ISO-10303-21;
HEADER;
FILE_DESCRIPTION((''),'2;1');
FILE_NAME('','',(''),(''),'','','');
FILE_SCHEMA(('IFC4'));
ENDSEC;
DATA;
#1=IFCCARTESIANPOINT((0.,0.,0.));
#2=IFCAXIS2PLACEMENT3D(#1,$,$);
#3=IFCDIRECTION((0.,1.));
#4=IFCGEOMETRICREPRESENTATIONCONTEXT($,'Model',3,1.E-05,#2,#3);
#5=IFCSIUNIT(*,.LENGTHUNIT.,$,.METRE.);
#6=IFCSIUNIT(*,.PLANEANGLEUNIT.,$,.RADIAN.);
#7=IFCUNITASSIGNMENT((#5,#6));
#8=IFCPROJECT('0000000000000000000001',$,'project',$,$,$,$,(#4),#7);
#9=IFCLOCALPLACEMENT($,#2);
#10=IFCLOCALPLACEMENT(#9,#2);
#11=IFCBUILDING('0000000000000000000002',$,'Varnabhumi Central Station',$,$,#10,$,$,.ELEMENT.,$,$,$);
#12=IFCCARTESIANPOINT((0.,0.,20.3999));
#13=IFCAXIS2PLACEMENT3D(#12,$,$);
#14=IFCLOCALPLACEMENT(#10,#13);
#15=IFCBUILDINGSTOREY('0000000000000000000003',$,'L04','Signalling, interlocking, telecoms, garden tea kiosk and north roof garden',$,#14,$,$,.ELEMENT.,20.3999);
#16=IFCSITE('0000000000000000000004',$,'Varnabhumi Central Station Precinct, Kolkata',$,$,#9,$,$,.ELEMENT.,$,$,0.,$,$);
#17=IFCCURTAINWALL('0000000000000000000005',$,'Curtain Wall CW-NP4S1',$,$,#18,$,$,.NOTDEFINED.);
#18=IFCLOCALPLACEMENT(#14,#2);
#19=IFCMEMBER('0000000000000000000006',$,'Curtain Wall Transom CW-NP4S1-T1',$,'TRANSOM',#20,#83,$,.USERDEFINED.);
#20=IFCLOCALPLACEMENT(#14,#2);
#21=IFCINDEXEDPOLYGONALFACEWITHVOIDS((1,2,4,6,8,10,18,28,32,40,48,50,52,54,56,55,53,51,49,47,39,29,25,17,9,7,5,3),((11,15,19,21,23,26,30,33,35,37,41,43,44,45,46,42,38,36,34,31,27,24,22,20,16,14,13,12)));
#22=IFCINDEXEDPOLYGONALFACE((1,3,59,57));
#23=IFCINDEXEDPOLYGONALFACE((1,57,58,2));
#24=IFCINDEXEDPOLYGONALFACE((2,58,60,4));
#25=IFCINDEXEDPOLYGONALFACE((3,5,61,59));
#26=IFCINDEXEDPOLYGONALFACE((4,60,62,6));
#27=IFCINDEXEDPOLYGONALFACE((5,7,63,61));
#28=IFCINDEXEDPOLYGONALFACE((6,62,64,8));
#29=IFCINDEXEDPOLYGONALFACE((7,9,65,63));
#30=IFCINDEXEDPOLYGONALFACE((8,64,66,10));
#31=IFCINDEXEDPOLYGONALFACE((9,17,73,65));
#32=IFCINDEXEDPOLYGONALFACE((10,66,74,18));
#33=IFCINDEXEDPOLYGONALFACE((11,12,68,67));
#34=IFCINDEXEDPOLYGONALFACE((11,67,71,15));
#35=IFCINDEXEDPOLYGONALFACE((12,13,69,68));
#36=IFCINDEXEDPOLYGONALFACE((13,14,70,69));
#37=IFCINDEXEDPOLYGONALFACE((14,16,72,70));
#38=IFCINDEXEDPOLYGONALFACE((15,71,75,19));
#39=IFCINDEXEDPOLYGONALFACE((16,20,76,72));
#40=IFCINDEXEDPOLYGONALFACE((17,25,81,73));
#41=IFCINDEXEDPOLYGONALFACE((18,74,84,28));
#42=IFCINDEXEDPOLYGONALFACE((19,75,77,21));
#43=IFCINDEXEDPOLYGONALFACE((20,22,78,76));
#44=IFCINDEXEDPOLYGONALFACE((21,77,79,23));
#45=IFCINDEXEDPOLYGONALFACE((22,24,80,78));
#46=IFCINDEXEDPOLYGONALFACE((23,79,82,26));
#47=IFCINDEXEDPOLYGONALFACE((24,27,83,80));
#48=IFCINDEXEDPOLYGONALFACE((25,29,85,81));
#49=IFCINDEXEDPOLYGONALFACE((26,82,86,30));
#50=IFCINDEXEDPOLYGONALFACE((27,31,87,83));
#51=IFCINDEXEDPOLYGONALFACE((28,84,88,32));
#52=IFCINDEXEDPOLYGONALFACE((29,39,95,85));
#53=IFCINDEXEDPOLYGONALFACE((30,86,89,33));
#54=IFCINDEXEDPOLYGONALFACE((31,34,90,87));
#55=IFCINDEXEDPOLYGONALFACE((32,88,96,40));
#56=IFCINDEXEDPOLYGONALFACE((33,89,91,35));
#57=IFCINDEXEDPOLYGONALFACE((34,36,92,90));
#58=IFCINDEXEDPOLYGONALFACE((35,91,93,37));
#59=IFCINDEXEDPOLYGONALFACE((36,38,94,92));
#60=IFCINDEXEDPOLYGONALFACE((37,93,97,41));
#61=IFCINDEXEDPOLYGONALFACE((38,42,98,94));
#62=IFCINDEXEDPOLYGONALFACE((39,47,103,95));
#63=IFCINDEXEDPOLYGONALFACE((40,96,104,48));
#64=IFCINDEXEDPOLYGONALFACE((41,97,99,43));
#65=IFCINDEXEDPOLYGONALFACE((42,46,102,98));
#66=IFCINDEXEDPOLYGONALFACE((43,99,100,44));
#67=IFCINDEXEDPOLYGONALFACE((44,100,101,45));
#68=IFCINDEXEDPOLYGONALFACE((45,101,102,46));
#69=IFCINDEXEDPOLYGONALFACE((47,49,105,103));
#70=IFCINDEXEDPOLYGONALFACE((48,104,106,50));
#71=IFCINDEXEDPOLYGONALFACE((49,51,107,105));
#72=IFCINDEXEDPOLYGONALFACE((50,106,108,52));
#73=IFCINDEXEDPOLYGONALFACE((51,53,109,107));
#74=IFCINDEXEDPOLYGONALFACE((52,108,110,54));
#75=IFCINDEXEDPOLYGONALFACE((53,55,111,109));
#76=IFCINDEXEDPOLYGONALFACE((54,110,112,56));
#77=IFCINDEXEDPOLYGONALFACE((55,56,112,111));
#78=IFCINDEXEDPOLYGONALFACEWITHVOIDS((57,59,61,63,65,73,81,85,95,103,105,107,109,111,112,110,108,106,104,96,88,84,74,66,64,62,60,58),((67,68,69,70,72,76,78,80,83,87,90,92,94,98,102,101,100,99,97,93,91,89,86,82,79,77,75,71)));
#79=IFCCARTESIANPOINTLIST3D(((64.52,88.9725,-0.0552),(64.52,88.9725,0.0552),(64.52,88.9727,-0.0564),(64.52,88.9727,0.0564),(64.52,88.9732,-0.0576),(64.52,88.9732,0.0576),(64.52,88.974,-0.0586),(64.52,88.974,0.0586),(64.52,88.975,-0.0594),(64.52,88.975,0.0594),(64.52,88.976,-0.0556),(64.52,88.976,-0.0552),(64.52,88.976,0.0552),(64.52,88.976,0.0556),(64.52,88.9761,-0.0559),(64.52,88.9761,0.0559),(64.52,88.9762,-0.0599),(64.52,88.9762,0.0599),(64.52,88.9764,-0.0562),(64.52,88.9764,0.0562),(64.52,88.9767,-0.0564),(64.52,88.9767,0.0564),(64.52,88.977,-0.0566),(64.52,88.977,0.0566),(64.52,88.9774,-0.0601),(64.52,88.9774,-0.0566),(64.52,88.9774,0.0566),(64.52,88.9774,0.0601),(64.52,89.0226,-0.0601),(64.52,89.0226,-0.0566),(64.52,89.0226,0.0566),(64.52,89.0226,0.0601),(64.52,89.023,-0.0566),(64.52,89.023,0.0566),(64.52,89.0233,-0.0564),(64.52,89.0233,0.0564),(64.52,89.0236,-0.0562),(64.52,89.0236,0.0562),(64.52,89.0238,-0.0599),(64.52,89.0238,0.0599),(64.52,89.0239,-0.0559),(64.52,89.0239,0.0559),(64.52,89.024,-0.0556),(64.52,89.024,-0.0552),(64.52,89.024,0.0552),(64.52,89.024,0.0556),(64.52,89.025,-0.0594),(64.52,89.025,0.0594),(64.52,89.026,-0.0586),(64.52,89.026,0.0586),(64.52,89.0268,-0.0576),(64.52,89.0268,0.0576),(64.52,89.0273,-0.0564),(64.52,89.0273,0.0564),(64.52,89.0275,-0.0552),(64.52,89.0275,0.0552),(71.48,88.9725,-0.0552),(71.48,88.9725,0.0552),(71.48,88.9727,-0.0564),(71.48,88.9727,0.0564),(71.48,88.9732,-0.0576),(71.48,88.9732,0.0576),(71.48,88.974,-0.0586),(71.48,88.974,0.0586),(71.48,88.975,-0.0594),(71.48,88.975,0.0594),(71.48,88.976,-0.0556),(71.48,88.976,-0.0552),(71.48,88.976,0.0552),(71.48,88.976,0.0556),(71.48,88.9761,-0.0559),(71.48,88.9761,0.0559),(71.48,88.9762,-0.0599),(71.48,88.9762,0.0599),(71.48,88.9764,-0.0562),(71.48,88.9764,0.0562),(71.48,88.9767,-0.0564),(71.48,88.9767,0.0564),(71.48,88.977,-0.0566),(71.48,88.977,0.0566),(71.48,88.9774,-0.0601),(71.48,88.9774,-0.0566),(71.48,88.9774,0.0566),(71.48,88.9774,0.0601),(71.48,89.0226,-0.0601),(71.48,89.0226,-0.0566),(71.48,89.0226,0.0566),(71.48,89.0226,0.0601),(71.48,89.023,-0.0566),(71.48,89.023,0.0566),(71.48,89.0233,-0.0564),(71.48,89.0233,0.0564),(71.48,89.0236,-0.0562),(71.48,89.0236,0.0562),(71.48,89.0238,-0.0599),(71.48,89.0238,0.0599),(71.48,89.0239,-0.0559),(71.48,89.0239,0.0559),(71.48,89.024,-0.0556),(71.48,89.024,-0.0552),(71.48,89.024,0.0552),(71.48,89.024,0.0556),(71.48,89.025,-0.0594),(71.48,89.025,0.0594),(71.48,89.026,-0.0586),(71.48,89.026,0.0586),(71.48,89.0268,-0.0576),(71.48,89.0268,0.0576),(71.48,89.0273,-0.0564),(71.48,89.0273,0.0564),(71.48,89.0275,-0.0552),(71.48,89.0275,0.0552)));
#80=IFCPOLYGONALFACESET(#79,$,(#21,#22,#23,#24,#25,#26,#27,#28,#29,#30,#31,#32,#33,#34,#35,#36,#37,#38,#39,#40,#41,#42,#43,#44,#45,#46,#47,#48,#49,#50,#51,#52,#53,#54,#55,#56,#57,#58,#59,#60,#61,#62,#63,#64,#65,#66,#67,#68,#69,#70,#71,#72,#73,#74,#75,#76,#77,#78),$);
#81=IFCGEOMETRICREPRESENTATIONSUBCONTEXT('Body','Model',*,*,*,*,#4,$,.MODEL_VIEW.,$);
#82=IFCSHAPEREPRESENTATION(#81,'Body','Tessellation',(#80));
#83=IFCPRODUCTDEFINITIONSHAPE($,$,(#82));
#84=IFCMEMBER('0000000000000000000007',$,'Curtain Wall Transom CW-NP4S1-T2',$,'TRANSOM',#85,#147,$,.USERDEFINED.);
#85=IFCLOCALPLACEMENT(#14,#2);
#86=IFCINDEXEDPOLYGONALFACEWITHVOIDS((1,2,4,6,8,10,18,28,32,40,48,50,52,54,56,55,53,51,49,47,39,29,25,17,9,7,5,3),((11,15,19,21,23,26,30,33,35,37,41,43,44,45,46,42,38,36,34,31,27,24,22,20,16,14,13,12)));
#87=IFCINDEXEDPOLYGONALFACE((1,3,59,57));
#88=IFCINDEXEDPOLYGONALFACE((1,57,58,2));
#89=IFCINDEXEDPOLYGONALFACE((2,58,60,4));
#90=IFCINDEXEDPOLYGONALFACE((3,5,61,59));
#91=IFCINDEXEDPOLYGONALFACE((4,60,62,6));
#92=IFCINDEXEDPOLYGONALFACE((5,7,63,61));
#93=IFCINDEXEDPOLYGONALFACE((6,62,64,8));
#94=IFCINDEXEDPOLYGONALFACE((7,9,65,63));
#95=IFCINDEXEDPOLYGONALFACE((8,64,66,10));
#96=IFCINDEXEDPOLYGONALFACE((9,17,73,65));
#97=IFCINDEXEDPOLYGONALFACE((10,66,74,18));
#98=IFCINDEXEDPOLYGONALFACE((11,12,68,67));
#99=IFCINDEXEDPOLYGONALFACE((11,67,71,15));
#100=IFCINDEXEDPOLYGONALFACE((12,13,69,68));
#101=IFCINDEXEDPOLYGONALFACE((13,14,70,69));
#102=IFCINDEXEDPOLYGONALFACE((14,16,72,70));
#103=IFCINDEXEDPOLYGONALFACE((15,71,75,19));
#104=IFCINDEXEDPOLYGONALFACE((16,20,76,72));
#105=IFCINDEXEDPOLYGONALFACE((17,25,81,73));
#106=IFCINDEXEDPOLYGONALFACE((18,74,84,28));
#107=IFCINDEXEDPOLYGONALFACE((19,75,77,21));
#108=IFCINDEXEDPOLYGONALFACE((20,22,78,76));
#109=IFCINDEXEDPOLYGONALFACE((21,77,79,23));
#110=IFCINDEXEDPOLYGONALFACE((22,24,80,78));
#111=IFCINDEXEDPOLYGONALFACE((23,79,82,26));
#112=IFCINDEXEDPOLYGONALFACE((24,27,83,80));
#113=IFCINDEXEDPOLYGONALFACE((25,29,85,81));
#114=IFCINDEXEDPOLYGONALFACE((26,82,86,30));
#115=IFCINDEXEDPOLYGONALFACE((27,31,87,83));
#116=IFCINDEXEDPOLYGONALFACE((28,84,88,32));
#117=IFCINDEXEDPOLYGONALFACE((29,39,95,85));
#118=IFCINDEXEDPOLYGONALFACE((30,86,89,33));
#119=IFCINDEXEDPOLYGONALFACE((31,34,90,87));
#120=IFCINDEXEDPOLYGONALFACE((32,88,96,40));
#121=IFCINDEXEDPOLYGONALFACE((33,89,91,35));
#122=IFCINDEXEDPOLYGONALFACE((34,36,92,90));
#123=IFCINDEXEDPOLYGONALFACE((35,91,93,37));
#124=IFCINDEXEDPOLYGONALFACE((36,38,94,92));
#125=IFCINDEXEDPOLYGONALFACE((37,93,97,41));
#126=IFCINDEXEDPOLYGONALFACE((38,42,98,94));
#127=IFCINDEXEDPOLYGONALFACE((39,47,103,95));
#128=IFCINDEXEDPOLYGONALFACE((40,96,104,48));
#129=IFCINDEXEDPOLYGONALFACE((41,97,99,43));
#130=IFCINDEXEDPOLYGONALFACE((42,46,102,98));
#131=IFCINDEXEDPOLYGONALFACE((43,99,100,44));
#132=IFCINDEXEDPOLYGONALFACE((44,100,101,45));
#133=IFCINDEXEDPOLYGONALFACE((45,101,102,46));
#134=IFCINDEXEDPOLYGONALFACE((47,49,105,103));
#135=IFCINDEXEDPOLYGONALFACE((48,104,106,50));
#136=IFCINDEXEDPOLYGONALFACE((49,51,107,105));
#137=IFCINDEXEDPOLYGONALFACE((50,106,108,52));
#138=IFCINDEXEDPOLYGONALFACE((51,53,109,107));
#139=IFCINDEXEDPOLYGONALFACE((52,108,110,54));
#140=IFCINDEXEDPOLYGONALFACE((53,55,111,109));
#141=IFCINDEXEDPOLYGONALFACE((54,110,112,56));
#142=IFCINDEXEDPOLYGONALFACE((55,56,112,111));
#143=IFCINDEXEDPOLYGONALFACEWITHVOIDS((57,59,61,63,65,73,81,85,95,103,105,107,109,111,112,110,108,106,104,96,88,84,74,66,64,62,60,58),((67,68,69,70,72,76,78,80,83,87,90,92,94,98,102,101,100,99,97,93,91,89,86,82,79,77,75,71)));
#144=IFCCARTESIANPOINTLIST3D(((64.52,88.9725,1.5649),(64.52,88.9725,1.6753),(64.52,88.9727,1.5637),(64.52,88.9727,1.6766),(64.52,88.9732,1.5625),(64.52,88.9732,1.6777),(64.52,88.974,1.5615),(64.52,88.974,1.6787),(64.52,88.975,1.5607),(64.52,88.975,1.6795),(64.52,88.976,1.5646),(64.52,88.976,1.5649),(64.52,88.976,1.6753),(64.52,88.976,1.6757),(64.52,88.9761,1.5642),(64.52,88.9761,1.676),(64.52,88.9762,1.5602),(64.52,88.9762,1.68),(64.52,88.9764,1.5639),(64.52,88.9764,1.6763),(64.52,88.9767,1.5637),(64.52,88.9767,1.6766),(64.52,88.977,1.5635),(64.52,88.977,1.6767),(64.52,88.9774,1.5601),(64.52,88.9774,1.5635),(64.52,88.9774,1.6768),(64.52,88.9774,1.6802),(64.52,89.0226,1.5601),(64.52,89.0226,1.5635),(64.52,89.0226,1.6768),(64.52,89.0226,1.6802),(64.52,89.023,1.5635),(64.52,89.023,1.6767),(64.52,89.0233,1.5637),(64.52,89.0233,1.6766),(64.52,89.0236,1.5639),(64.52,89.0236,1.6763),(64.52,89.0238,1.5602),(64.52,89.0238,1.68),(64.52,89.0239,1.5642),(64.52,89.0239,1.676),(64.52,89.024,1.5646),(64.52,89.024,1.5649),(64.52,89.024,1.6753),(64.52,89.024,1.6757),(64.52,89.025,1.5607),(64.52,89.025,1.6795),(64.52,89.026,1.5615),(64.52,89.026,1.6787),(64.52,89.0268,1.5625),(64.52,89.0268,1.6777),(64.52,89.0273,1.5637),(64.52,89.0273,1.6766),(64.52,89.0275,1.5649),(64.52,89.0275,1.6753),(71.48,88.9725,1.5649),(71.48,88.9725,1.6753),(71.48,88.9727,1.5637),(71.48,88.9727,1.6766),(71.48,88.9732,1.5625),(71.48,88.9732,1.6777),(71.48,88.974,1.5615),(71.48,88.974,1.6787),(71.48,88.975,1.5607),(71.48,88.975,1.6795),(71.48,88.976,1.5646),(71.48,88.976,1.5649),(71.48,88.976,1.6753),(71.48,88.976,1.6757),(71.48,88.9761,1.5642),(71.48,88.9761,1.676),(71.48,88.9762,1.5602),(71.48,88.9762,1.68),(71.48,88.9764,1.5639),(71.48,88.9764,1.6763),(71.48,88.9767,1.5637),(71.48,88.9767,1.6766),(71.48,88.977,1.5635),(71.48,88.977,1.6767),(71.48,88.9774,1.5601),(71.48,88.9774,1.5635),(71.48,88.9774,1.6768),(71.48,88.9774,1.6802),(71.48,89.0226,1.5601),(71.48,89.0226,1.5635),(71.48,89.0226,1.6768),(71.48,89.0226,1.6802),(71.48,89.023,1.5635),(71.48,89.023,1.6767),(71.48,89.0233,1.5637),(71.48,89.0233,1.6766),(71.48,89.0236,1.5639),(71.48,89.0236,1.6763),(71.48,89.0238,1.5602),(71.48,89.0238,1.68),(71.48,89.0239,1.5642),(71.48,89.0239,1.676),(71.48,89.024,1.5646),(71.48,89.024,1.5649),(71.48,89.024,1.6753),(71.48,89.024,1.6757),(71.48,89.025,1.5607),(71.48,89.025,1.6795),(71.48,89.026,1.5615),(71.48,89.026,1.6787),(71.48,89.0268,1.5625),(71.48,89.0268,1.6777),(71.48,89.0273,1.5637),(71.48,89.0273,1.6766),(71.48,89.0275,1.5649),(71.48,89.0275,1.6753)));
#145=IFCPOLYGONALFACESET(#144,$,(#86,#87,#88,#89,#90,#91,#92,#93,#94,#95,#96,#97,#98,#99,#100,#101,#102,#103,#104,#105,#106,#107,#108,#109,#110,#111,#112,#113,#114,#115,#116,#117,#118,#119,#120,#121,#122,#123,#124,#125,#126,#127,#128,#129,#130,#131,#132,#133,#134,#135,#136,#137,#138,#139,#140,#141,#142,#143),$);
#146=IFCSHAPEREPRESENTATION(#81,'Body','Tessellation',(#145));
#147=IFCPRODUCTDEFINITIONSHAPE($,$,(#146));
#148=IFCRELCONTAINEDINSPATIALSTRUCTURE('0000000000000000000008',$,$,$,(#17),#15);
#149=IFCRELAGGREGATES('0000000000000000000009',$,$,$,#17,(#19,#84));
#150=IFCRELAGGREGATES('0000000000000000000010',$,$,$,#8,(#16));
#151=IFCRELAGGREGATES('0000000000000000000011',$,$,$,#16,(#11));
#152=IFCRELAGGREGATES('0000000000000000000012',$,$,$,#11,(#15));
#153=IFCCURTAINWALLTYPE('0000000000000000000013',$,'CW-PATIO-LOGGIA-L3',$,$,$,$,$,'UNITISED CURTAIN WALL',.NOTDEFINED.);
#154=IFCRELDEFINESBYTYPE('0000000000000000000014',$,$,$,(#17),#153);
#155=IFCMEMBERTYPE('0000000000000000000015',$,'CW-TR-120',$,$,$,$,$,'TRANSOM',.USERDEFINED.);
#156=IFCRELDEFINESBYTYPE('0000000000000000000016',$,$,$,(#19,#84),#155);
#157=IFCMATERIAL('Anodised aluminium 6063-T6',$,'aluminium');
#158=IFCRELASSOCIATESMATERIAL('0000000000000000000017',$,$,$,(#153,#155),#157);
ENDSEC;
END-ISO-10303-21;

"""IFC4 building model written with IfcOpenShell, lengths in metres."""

from ifc_helpers import new_model, si_unit, direction, frame, origin, origin_2d, place, context, subcontext, project, spatial, hollow_rectangle, extrude, material, material_profile, profile_set, type_object, element, aggregate, save


model = new_model("IFC4")

# Units and contexts
model_context = context("Model", 3, precision=1e-05, world=origin(), true_north=direction((0.0, 1.0)))
body_context = subcontext(model_context, "Body", "Model", "MODEL_VIEW")
ifc_project = project(units=[si_unit("LENGTHUNIT", "METRE"), si_unit("PLANEANGLEUNIT", "RADIAN")], contexts=[model_context])

# Site, building, storey
site_placement = place(None, origin())
site = spatial("IfcSite", under=ifc_project, at=site_placement, Name="Varnabhumi Central Station Precinct, Kolkata", CompositionType="ELEMENT", RefElevation=0.0)
building_placement = place(site_placement, origin())
building = spatial("IfcBuilding", under=site, at=building_placement, Name="Varnabhumi Central Station", CompositionType="ELEMENT")
storey_placement = place(building_placement, frame((0.0, 0.0, 20.3999)))
storey = spatial("IfcBuildingStorey", under=building, at=storey_placement, Name="L04", Description="Signalling, interlocking, telecoms, garden tea kiosk and north roof garden", CompositionType="ELEMENT", Elevation=20.3999)

# Curtain wall
ifc_material_1 = material(Name="Anodised aluminium 6063-T6", Category="aluminium")
curtain_wall_type = type_object("IfcCurtainWallType", Name="CW-PATIO-LOGGIA-L3", ElementType="UNITISED CURTAIN WALL", PredefinedType="NOTDEFINED", material=ifc_material_1)
curtain_wall_1_placement = place(storey_placement, origin())
curtain_wall_1 = element("IfcCurtainWall", 1, at=curtain_wall_1_placement, inside=storey, type_object=curtain_wall_type, Name="Curtain Wall CW-NP4S1", PredefinedType="NOTDEFINED")

# Members
ifc_material_profile_1 = material_profile(ifc_material_1, hollow_rectangle(XDim=0.0549, YDim=0.1201, WallThickness=0.0034, InnerFilletRadius=0.0015, OuterFilletRadius=0.0049, at=origin_2d()), Name="Anodised aluminium 6063-T6", Category="aluminium")
ifc_profile_set_1 = profile_set([ifc_material_profile_1], Name="Anodised aluminium 6063-T6")
member_type_1 = type_object("IfcMemberType", Name="CW-TR-120", ElementType="TRANSOM", PredefinedType="USERDEFINED", material=ifc_profile_set_1)
member_1_placement = place(storey_placement, frame((64.52, 89.0, 0.0), z_axis=(1.0, 0.0, 0.0), x_axis=(0.0, 1.0, 0.0)))
member_1 = element("IfcMember", 2, at=member_1_placement, type_object=member_type_1, Name="Curtain Wall Transom CW-NP4S1-T1", ObjectType="TRANSOM", PredefinedType="USERDEFINED", context=body_context, shape_type="SweptSolid", body=[
    extrude(hollow_rectangle(XDim=0.0549, YDim=0.1201, WallThickness=0.0034, InnerFilletRadius=0.0015, OuterFilletRadius=0.0049, at=origin_2d()), origin(), (0.0, 0.0, 1.0), 6.96),
])
member_2_placement = place(storey_placement, frame((64.52, 89.0, 1.6201), z_axis=(1.0, 0.0, 0.0), x_axis=(0.0, 1.0, 0.0)))
member_2 = element("IfcMember", 3, at=member_2_placement, type_object=member_type_1, Name="Curtain Wall Transom CW-NP4S1-T2", ObjectType="TRANSOM", PredefinedType="USERDEFINED", context=body_context, shape_type="SweptSolid", body=[
    extrude(hollow_rectangle(XDim=0.0549, YDim=0.1201, WallThickness=0.0034, InnerFilletRadius=0.0015, OuterFilletRadius=0.0049, at=origin_2d()), origin(), (0.0, 0.0, 1.0), 6.96),
])

aggregate(curtain_wall_1, [member_1, member_2])

save(model, "model.ifc")
